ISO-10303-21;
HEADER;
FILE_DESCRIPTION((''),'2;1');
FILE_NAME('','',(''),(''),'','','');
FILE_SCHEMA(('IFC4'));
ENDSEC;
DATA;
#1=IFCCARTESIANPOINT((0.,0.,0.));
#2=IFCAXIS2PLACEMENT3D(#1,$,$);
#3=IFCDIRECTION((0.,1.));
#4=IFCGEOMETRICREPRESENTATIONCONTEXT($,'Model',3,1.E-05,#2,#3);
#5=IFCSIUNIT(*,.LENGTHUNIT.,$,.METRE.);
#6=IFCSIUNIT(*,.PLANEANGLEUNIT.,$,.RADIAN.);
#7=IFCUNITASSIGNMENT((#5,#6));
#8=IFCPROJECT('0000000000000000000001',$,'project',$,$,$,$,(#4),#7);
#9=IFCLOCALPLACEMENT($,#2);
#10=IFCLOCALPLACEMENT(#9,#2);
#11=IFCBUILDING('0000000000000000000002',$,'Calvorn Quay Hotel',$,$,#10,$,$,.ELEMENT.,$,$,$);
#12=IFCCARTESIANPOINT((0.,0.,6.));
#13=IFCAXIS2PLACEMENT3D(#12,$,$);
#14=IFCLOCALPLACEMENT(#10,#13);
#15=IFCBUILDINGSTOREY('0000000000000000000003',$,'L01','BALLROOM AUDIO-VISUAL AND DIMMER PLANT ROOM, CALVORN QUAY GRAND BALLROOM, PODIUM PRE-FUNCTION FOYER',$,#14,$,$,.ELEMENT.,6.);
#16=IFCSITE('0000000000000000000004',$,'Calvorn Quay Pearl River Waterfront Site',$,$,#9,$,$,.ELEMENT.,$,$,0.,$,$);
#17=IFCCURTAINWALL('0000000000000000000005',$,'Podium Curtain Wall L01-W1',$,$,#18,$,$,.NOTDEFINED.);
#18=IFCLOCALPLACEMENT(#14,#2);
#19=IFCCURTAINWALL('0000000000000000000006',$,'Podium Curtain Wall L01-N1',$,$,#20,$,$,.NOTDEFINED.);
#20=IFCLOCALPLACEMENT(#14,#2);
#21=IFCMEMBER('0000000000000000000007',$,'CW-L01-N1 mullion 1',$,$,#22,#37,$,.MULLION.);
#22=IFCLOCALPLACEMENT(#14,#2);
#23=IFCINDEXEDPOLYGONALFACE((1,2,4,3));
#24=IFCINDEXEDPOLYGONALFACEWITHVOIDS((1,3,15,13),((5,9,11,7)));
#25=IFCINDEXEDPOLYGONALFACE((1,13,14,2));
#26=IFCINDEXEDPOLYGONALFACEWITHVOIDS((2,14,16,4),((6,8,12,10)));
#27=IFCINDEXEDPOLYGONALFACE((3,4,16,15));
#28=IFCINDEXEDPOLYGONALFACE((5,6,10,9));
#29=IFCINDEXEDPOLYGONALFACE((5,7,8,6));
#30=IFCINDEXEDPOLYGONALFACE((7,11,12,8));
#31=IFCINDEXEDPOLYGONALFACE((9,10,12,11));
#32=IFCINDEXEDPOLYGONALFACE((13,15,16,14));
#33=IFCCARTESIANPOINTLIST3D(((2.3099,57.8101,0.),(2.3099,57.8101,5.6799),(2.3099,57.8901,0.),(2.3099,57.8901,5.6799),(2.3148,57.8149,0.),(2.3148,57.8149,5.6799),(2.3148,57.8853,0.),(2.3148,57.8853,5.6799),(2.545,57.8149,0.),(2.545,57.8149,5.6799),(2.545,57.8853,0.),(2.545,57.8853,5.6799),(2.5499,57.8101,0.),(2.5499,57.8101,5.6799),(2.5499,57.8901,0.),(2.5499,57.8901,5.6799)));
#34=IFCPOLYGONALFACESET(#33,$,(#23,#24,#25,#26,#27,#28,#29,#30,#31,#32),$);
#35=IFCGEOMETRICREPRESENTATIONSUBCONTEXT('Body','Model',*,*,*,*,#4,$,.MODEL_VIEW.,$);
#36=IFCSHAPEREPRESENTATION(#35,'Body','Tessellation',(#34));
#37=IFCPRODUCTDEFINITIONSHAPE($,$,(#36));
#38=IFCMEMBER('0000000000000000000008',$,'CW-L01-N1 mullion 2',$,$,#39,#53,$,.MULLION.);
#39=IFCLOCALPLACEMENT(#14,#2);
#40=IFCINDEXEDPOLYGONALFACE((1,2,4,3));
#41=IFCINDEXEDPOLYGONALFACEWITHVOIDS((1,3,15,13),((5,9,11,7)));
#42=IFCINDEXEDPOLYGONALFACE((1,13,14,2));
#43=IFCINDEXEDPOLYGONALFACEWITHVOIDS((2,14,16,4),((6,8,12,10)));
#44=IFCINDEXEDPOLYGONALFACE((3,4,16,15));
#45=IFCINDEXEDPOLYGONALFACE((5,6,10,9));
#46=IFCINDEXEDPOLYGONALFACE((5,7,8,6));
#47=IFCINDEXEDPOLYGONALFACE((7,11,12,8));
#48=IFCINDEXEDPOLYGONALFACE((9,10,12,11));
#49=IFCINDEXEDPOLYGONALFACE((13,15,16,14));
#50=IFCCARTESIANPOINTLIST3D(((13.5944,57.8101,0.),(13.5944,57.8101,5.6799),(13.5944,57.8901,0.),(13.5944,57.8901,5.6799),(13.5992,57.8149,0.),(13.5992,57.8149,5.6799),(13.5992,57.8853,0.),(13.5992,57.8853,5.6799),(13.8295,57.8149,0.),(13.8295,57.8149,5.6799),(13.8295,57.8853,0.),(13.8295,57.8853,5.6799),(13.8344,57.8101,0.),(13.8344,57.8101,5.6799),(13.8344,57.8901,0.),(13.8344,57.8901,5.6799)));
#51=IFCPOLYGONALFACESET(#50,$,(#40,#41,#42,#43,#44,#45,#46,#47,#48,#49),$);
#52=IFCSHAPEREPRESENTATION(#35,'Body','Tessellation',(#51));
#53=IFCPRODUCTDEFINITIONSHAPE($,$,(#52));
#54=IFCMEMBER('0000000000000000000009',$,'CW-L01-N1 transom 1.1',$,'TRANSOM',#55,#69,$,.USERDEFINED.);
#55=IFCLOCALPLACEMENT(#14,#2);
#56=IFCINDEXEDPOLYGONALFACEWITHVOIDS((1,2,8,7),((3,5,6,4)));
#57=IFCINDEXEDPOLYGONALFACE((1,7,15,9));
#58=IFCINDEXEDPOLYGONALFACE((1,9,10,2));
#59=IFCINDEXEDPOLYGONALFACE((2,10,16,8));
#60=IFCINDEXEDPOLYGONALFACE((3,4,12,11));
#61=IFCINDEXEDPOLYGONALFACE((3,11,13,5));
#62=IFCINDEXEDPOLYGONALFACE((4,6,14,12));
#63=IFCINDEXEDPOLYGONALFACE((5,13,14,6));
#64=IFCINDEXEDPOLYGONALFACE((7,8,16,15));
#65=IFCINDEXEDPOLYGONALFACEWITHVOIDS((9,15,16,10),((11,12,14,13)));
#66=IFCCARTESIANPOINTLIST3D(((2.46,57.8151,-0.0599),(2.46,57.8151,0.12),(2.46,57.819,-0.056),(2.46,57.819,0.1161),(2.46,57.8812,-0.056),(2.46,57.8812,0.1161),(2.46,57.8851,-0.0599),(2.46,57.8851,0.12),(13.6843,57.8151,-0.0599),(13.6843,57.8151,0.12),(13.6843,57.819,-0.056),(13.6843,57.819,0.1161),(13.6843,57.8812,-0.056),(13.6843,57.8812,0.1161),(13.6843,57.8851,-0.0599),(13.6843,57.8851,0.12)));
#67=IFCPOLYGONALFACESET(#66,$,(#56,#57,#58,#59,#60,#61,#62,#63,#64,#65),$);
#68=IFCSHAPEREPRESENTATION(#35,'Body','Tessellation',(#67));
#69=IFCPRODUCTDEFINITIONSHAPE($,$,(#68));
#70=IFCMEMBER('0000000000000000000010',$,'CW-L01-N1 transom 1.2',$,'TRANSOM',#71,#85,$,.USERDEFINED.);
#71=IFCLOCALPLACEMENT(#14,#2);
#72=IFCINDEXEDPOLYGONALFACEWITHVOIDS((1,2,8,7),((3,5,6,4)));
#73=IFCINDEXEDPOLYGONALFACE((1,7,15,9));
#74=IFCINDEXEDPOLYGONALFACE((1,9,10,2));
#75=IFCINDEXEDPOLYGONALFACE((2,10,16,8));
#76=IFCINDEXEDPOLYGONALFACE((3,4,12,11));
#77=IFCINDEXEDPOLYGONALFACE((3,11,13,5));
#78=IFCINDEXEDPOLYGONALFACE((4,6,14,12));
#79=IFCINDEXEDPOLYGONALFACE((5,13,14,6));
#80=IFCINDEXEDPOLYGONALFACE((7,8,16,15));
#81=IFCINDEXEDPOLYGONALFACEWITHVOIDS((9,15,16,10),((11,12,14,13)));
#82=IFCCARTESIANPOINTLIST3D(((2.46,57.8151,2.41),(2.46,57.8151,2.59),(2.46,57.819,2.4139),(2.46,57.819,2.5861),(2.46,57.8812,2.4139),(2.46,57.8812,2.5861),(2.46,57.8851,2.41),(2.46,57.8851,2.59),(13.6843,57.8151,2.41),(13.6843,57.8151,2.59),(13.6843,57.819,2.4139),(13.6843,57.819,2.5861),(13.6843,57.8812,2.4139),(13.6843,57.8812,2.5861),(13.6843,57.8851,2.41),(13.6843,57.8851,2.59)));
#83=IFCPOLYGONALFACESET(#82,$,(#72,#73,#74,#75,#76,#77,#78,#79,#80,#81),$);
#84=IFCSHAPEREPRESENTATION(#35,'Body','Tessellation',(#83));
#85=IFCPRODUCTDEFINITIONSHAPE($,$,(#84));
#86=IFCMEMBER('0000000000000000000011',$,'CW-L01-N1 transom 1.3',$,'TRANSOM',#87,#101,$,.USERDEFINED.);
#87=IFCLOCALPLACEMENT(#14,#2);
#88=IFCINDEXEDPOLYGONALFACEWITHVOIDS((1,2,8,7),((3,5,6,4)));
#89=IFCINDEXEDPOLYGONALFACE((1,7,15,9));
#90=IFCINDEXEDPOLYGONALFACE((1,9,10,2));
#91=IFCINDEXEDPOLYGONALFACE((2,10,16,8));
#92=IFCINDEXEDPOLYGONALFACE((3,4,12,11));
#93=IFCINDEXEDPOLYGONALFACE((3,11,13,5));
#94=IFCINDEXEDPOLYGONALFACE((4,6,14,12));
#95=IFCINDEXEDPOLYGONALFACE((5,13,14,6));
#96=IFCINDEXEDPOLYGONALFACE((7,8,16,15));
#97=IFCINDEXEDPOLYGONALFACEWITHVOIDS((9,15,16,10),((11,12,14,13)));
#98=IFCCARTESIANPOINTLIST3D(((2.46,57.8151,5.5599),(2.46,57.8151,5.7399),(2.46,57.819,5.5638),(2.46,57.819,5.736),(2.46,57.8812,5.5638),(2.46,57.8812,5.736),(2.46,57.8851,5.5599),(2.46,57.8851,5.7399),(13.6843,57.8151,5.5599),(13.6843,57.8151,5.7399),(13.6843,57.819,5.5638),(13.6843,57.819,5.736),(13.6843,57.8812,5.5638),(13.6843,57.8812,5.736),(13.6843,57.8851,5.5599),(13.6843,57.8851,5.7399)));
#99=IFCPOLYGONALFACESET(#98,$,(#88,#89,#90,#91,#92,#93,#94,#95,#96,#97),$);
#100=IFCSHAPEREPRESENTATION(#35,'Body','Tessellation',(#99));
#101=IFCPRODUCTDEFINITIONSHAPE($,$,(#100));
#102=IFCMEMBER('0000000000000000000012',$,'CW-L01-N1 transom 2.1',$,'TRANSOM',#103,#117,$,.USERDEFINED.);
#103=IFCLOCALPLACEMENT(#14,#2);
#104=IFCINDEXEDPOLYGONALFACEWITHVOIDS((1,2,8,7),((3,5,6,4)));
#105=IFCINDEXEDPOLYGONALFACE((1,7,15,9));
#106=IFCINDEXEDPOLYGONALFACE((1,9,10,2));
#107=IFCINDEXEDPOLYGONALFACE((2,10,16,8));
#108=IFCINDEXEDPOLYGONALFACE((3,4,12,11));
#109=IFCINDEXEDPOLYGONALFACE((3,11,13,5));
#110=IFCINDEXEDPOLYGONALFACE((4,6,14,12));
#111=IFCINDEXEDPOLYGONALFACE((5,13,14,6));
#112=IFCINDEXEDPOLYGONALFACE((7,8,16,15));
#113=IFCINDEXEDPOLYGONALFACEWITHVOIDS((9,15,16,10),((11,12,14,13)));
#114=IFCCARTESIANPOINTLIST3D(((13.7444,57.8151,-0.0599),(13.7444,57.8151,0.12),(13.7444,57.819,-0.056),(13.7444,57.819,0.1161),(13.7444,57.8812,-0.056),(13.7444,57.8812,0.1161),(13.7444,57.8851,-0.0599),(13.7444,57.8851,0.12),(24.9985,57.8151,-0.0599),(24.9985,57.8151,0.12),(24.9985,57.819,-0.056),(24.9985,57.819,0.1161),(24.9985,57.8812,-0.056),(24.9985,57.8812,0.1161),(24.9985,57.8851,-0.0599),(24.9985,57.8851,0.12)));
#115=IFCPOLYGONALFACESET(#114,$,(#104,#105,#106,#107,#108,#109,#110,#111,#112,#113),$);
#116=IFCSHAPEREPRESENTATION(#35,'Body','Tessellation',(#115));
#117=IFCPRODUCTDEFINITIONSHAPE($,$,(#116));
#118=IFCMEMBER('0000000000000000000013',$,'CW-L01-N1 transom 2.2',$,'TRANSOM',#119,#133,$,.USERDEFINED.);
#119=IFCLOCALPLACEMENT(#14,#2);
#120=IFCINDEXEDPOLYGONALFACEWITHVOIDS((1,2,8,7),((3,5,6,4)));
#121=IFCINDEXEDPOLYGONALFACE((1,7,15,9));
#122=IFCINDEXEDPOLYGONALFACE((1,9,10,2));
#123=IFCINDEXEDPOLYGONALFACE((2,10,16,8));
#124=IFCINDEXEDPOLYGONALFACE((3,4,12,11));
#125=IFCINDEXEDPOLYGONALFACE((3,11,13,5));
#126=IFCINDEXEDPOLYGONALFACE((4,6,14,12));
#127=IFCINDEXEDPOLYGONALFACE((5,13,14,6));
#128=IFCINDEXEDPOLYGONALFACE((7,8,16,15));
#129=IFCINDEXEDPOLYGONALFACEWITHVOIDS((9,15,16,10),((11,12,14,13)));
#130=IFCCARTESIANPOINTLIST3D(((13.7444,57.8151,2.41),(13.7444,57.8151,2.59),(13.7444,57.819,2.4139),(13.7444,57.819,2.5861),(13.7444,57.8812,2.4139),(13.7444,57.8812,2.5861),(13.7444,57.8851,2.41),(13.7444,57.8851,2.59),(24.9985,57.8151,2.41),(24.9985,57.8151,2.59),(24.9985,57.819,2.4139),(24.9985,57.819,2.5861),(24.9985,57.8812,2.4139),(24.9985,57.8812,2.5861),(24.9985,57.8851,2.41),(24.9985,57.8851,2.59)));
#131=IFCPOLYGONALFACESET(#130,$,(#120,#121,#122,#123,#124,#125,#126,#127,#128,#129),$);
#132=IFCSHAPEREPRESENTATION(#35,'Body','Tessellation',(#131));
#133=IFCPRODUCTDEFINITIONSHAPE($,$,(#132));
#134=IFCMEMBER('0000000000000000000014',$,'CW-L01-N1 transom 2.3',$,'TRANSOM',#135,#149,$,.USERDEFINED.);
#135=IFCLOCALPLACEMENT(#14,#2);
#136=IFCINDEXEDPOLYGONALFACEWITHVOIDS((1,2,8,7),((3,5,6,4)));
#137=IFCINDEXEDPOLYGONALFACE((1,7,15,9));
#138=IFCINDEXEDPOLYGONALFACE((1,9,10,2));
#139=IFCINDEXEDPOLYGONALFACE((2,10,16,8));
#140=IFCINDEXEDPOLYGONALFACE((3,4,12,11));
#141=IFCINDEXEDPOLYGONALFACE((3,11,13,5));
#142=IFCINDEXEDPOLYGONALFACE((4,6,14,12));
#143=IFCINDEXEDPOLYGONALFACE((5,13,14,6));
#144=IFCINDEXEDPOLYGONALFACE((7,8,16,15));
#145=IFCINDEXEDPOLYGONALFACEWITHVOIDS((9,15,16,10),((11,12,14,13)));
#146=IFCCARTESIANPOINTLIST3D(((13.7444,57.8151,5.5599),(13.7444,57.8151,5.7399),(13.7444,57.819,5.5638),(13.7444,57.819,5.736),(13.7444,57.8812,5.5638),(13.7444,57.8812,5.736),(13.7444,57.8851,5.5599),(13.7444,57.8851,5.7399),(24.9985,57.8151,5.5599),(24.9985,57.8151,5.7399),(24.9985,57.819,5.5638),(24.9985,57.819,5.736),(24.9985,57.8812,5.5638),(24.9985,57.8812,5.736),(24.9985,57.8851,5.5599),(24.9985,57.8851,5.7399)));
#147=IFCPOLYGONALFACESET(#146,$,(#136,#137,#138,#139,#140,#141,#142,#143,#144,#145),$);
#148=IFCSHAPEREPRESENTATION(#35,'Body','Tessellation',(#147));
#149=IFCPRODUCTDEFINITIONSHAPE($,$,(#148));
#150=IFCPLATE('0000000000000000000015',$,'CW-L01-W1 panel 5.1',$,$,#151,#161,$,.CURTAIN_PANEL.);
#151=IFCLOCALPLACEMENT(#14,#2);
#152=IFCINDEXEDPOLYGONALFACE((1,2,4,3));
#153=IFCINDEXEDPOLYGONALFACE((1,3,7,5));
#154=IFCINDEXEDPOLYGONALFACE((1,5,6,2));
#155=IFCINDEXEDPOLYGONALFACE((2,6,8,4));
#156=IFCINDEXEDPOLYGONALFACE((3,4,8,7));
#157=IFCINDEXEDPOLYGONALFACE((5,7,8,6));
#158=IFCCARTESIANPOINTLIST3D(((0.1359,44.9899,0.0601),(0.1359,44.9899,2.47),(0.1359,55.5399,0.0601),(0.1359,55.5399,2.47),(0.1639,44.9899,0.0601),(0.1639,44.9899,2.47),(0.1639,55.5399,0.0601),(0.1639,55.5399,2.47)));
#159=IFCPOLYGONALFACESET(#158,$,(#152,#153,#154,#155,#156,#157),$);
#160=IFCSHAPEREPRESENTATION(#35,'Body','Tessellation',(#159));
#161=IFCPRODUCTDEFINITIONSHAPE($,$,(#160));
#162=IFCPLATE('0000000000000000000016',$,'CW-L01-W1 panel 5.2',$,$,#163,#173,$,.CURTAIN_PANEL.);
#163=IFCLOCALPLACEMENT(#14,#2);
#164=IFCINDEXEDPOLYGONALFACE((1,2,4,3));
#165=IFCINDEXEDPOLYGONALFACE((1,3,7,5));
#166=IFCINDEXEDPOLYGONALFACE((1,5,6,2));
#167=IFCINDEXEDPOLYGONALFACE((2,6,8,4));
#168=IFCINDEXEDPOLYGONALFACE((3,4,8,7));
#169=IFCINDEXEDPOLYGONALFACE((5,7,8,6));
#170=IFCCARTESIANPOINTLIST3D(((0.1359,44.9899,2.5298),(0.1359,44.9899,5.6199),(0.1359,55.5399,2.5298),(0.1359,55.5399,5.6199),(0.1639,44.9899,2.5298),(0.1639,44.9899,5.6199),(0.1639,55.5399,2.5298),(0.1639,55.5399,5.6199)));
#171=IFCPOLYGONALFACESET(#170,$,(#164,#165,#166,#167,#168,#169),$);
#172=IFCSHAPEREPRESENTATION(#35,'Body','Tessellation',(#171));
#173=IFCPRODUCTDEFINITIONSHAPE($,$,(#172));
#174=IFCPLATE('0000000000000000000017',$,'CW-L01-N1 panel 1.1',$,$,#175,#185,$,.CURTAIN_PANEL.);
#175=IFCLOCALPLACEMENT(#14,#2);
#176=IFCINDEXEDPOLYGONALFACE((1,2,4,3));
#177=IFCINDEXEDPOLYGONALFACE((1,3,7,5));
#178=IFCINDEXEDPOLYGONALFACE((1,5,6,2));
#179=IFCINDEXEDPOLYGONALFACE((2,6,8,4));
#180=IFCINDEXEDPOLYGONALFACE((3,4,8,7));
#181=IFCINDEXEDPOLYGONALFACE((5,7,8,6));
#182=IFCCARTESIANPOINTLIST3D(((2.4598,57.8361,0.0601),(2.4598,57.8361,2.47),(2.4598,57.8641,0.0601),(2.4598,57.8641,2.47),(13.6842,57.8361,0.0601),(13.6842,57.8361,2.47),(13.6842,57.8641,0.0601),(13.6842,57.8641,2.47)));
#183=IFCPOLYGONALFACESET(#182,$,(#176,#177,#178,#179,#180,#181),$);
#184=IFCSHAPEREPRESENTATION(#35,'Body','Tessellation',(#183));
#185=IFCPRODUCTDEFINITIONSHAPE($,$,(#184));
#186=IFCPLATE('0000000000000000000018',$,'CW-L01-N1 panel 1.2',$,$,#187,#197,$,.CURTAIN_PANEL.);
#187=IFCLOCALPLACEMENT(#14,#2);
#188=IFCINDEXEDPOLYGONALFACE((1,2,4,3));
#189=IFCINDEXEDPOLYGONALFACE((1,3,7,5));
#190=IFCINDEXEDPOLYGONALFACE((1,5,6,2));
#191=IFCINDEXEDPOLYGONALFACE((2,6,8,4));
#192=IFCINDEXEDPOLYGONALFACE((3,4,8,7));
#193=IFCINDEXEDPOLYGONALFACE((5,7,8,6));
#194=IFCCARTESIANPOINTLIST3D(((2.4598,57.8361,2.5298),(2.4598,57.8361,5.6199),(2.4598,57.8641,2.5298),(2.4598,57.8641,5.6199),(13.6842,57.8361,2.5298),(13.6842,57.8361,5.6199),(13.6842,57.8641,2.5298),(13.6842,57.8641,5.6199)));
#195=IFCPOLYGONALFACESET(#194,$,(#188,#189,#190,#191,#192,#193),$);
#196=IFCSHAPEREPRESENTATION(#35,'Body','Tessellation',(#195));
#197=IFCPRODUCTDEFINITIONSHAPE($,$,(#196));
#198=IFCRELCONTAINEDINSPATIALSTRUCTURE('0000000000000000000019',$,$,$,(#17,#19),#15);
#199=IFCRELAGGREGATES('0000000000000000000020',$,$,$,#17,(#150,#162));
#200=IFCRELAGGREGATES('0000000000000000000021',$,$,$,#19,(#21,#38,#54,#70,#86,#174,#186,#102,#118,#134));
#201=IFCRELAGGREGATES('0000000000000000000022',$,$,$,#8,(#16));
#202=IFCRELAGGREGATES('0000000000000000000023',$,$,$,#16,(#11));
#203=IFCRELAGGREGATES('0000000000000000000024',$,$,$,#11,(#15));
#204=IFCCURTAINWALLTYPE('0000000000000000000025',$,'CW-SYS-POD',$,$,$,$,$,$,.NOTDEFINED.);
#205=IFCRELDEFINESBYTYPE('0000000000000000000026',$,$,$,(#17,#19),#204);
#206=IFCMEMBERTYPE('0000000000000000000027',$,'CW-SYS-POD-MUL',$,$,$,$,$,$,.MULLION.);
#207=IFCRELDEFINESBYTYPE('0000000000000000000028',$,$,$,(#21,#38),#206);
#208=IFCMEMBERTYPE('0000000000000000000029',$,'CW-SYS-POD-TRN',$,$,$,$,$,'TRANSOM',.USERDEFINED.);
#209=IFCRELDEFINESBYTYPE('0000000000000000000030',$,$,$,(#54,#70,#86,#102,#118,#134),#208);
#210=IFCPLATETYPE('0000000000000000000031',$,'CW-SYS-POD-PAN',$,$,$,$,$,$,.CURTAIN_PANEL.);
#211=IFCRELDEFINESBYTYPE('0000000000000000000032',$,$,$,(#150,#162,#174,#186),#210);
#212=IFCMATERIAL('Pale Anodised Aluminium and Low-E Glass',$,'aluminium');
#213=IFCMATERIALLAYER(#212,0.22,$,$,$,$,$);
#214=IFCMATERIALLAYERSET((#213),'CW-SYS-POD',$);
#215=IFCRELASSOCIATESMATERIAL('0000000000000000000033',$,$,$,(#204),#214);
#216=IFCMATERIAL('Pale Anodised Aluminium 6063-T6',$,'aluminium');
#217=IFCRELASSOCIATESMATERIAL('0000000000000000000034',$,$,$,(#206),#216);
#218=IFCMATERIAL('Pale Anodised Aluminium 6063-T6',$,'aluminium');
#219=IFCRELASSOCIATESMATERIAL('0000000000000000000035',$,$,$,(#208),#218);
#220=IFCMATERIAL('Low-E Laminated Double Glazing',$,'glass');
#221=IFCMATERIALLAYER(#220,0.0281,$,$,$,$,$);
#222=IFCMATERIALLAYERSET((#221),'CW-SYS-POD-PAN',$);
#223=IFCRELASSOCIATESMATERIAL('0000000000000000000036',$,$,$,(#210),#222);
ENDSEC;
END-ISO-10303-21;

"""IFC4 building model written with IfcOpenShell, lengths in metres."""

from ifc_helpers import new_model, si_unit, direction, frame, origin, origin_2d, place, context, subcontext, project, spatial, rectangle, hollow_rectangle, extrude, material, layer, layer_set, material_profile, profile_set, type_object, element, aggregate, save


model = new_model("IFC4")

# Units and contexts
model_context = context("Model", 3, precision=1e-05, world=origin(), true_north=direction((0.0, 1.0)))
body_context = subcontext(model_context, "Body", "Model", "MODEL_VIEW")
ifc_project = project(units=[si_unit("LENGTHUNIT", "METRE"), si_unit("PLANEANGLEUNIT", "RADIAN")], contexts=[model_context])

# Site, building, storey
site_placement = place(None, origin())
site = spatial("IfcSite", under=ifc_project, at=site_placement, Name="Calvorn Quay Pearl River Waterfront Site", CompositionType="ELEMENT", RefElevation=0.0)
building_placement = place(site_placement, origin())
building = spatial("IfcBuilding", under=site, at=building_placement, Name="Calvorn Quay Hotel", CompositionType="ELEMENT")
storey_placement = place(building_placement, frame((0.0, 0.0, 6.0)))
storey = spatial("IfcBuildingStorey", under=building, at=storey_placement, Name="L01", Description="BALLROOM AUDIO-VISUAL AND DIMMER PLANT ROOM, CALVORN QUAY GRAND BALLROOM, PODIUM PRE-FUNCTION FOYER", CompositionType="ELEMENT", Elevation=6.0)

# Curtain wall
ifc_material_1 = material(Name="Pale Anodised Aluminium and Low-E Glass", Category="aluminium")
ifc_layer_1 = layer(ifc_material_1, 0.22)
ifc_layer_set_1 = layer_set([ifc_layer_1], Name="CW-SYS-POD")
curtain_wall_type = type_object("IfcCurtainWallType", Name="CW-SYS-POD", PredefinedType="NOTDEFINED", material=ifc_layer_set_1)
curtain_wall_1_placement = place(storey_placement, origin())
curtain_wall_1 = element("IfcCurtainWall", 1, at=curtain_wall_1_placement, inside=storey, type_object=curtain_wall_type, Name="Podium Curtain Wall L01-W1", PredefinedType="NOTDEFINED")
ifc_material_2 = material(Name="Pale Anodised Aluminium 6063-T6", Category="aluminium")
ifc_material_profile_1 = material_profile(ifc_material_2, hollow_rectangle(XDim=0.0801, YDim=0.24, WallThickness=0.0049, at=origin_2d()), Name="ALU-M240x80x5")
ifc_profile_set_1 = profile_set([ifc_material_profile_1], Name="Pale Anodised Aluminium 6063-T6")
member_type_1 = type_object("IfcMemberType", Name="CW-SYS-POD-MUL", PredefinedType="MULLION", material=ifc_profile_set_1)

# Curtain wall, members
curtain_wall_2_placement = place(storey_placement, origin())
curtain_wall_2 = element("IfcCurtainWall", 2, at=curtain_wall_2_placement, inside=storey, type_object=curtain_wall_type, Name="Podium Curtain Wall L01-N1", PredefinedType="NOTDEFINED")
member_1_placement = place(storey_placement, frame((2.4299, 57.8501, 0.0), z_axis=(0.0, 0.0, 1.0), x_axis=(0.0, 1.0, 0.0)))
member_1 = element("IfcMember", 3, at=member_1_placement, type_object=member_type_1, Name="CW-L01-N1 mullion 1", PredefinedType="MULLION", context=body_context, shape_type="SweptSolid", body=[
    extrude(hollow_rectangle(XDim=0.0801, YDim=0.24, WallThickness=0.0049, at=origin_2d()), origin(), (0.0, 0.0, 1.0), 5.6799),
])
member_2_placement = place(storey_placement, frame((13.7144, 57.8501, 0.0), z_axis=(0.0, 0.0, 1.0), x_axis=(0.0, 1.0, 0.0)))
member_2 = element("IfcMember", 4, at=member_2_placement, type_object=member_type_1, Name="CW-L01-N1 mullion 2", PredefinedType="MULLION", context=body_context, shape_type="SweptSolid", body=[
    extrude(hollow_rectangle(XDim=0.0801, YDim=0.24, WallThickness=0.0049, at=origin_2d()), origin(), (0.0, 0.0, 1.0), 5.6799),
])
ifc_material_3 = material(Name="Pale Anodised Aluminium 6063-T6", Category="aluminium")
ifc_material_profile_2 = material_profile(ifc_material_3, hollow_rectangle(XDim=0.0701, YDim=0.1799, WallThickness=0.0039, at=origin_2d()), Name="ALU-T180x70x4")
ifc_profile_set_2 = profile_set([ifc_material_profile_2], Name="Pale Anodised Aluminium 6063-T6")
member_type_2 = type_object("IfcMemberType", Name="CW-SYS-POD-TRN", ElementType="TRANSOM", PredefinedType="USERDEFINED", material=ifc_profile_set_2)
member_3_placement = place(storey_placement, frame((2.46, 57.8501, 0.03), z_axis=(1.0, 0.0, 0.0), x_axis=(0.0, 1.0, 0.0)))
member_3 = element("IfcMember", 5, at=member_3_placement, type_object=member_type_2, Name="CW-L01-N1 transom 1.1", ObjectType="TRANSOM", PredefinedType="USERDEFINED", context=body_context, shape_type="SweptSolid", body=[
    extrude(hollow_rectangle(XDim=0.0701, YDim=0.1799, WallThickness=0.0039, at=origin_2d()), origin(), (0.0, 0.0, 1.0), 11.2244),
])
member_4_placement = place(storey_placement, frame((2.46, 57.8501, 2.5), z_axis=(1.0, 0.0, 0.0), x_axis=(0.0, 1.0, 0.0)))
member_4 = element("IfcMember", 6, at=member_4_placement, type_object=member_type_2, Name="CW-L01-N1 transom 1.2", ObjectType="TRANSOM", PredefinedType="USERDEFINED", context=body_context, shape_type="SweptSolid", body=[
    extrude(hollow_rectangle(XDim=0.0701, YDim=0.1799, WallThickness=0.0039, at=origin_2d()), origin(), (0.0, 0.0, 1.0), 11.2244),
])
member_5_placement = place(storey_placement, frame((2.46, 57.8501, 5.6499), z_axis=(1.0, 0.0, 0.0), x_axis=(0.0, 1.0, 0.0)))
member_5 = element("IfcMember", 7, at=member_5_placement, type_object=member_type_2, Name="CW-L01-N1 transom 1.3", ObjectType="TRANSOM", PredefinedType="USERDEFINED", context=body_context, shape_type="SweptSolid", body=[
    extrude(hollow_rectangle(XDim=0.0701, YDim=0.1799, WallThickness=0.0039, at=origin_2d()), origin(), (0.0, 0.0, 1.0), 11.2244),
])
member_6_placement = place(storey_placement, frame((13.7444, 57.8501, 0.03), z_axis=(1.0, 0.0, 0.0), x_axis=(0.0, 1.0, 0.0)))
member_6 = element("IfcMember", 8, at=member_6_placement, type_object=member_type_2, Name="CW-L01-N1 transom 2.1", ObjectType="TRANSOM", PredefinedType="USERDEFINED", context=body_context, shape_type="SweptSolid", body=[
    extrude(hollow_rectangle(XDim=0.0701, YDim=0.1799, WallThickness=0.0039, at=origin_2d()), origin(), (0.0, 0.0, 1.0), 11.2542),
])
member_7_placement = place(storey_placement, frame((13.7444, 57.8501, 2.5), z_axis=(1.0, 0.0, 0.0), x_axis=(0.0, 1.0, 0.0)))
member_7 = element("IfcMember", 9, at=member_7_placement, type_object=member_type_2, Name="CW-L01-N1 transom 2.2", ObjectType="TRANSOM", PredefinedType="USERDEFINED", context=body_context, shape_type="SweptSolid", body=[
    extrude(hollow_rectangle(XDim=0.0701, YDim=0.1799, WallThickness=0.0039, at=origin_2d()), origin(), (0.0, 0.0, 1.0), 11.2542),
])
member_8_placement = place(storey_placement, frame((13.7444, 57.8501, 5.6499), z_axis=(1.0, 0.0, 0.0), x_axis=(0.0, 1.0, 0.0)))
member_8 = element("IfcMember", 10, at=member_8_placement, type_object=member_type_2, Name="CW-L01-N1 transom 2.3", ObjectType="TRANSOM", PredefinedType="USERDEFINED", context=body_context, shape_type="SweptSolid", body=[
    extrude(hollow_rectangle(XDim=0.0701, YDim=0.1799, WallThickness=0.0039, at=origin_2d()), origin(), (0.0, 0.0, 1.0), 11.2542),
])

# Plates
ifc_material_4 = material(Name="Low-E Laminated Double Glazing", Category="glass")
ifc_layer_2 = layer(ifc_material_4, 0.0281)
ifc_layer_set_2 = layer_set([ifc_layer_2], Name="CW-SYS-POD-PAN")
plate_type = type_object("IfcPlateType", Name="CW-SYS-POD-PAN", PredefinedType="CURTAIN_PANEL", material=ifc_layer_set_2)
plate_1_placement = place(storey_placement, frame((0.1499, 50.2649, 0.0601), z_axis=(0.0, 0.0, 1.0), x_axis=(0.0, 1.0, 0.0)))
plate_1 = element("IfcPlate", 11, at=plate_1_placement, type_object=plate_type, Name="CW-L01-W1 panel 5.1", PredefinedType="CURTAIN_PANEL", context=body_context, shape_type="SweptSolid", body=[
    extrude(rectangle(XDim=10.55, YDim=0.0281, at=origin_2d()), origin(), (0.0, 0.0, 1.0), 2.4099),
])
plate_2_placement = place(storey_placement, frame((0.1499, 50.2649, 2.5298), z_axis=(0.0, 0.0, 1.0), x_axis=(0.0, 1.0, 0.0)))
plate_2 = element("IfcPlate", 12, at=plate_2_placement, type_object=plate_type, Name="CW-L01-W1 panel 5.2", PredefinedType="CURTAIN_PANEL", context=body_context, shape_type="SweptSolid", body=[
    extrude(rectangle(XDim=10.55, YDim=0.0281, at=origin_2d()), origin(), (0.0, 0.0, 1.0), 3.0901),
])
aggregate(curtain_wall_1, [plate_1, plate_2])
plate_3_placement = place(storey_placement, frame((8.072, 57.8501, 0.0601), z_axis=(0.0, 0.0, 1.0), x_axis=(1.0, 0.0, 0.0)))
plate_3 = element("IfcPlate", 13, at=plate_3_placement, type_object=plate_type, Name="CW-L01-N1 panel 1.1", PredefinedType="CURTAIN_PANEL", context=body_context, shape_type="SweptSolid", body=[
    extrude(rectangle(XDim=11.2244, YDim=0.0281, at=origin_2d()), origin(), (0.0, 0.0, 1.0), 2.4099),
])
plate_4_placement = place(storey_placement, frame((8.072, 57.8501, 2.5298), z_axis=(0.0, 0.0, 1.0), x_axis=(1.0, 0.0, 0.0)))
plate_4 = element("IfcPlate", 14, at=plate_4_placement, type_object=plate_type, Name="CW-L01-N1 panel 1.2", PredefinedType="CURTAIN_PANEL", context=body_context, shape_type="SweptSolid", body=[
    extrude(rectangle(XDim=11.2244, YDim=0.0281, at=origin_2d()), origin(), (0.0, 0.0, 1.0), 3.0901),
])
aggregate(curtain_wall_2, [member_1, member_2, member_3, member_4, member_5, plate_3, plate_4, member_6, member_7, member_8])

save(model, "model.ifc")
